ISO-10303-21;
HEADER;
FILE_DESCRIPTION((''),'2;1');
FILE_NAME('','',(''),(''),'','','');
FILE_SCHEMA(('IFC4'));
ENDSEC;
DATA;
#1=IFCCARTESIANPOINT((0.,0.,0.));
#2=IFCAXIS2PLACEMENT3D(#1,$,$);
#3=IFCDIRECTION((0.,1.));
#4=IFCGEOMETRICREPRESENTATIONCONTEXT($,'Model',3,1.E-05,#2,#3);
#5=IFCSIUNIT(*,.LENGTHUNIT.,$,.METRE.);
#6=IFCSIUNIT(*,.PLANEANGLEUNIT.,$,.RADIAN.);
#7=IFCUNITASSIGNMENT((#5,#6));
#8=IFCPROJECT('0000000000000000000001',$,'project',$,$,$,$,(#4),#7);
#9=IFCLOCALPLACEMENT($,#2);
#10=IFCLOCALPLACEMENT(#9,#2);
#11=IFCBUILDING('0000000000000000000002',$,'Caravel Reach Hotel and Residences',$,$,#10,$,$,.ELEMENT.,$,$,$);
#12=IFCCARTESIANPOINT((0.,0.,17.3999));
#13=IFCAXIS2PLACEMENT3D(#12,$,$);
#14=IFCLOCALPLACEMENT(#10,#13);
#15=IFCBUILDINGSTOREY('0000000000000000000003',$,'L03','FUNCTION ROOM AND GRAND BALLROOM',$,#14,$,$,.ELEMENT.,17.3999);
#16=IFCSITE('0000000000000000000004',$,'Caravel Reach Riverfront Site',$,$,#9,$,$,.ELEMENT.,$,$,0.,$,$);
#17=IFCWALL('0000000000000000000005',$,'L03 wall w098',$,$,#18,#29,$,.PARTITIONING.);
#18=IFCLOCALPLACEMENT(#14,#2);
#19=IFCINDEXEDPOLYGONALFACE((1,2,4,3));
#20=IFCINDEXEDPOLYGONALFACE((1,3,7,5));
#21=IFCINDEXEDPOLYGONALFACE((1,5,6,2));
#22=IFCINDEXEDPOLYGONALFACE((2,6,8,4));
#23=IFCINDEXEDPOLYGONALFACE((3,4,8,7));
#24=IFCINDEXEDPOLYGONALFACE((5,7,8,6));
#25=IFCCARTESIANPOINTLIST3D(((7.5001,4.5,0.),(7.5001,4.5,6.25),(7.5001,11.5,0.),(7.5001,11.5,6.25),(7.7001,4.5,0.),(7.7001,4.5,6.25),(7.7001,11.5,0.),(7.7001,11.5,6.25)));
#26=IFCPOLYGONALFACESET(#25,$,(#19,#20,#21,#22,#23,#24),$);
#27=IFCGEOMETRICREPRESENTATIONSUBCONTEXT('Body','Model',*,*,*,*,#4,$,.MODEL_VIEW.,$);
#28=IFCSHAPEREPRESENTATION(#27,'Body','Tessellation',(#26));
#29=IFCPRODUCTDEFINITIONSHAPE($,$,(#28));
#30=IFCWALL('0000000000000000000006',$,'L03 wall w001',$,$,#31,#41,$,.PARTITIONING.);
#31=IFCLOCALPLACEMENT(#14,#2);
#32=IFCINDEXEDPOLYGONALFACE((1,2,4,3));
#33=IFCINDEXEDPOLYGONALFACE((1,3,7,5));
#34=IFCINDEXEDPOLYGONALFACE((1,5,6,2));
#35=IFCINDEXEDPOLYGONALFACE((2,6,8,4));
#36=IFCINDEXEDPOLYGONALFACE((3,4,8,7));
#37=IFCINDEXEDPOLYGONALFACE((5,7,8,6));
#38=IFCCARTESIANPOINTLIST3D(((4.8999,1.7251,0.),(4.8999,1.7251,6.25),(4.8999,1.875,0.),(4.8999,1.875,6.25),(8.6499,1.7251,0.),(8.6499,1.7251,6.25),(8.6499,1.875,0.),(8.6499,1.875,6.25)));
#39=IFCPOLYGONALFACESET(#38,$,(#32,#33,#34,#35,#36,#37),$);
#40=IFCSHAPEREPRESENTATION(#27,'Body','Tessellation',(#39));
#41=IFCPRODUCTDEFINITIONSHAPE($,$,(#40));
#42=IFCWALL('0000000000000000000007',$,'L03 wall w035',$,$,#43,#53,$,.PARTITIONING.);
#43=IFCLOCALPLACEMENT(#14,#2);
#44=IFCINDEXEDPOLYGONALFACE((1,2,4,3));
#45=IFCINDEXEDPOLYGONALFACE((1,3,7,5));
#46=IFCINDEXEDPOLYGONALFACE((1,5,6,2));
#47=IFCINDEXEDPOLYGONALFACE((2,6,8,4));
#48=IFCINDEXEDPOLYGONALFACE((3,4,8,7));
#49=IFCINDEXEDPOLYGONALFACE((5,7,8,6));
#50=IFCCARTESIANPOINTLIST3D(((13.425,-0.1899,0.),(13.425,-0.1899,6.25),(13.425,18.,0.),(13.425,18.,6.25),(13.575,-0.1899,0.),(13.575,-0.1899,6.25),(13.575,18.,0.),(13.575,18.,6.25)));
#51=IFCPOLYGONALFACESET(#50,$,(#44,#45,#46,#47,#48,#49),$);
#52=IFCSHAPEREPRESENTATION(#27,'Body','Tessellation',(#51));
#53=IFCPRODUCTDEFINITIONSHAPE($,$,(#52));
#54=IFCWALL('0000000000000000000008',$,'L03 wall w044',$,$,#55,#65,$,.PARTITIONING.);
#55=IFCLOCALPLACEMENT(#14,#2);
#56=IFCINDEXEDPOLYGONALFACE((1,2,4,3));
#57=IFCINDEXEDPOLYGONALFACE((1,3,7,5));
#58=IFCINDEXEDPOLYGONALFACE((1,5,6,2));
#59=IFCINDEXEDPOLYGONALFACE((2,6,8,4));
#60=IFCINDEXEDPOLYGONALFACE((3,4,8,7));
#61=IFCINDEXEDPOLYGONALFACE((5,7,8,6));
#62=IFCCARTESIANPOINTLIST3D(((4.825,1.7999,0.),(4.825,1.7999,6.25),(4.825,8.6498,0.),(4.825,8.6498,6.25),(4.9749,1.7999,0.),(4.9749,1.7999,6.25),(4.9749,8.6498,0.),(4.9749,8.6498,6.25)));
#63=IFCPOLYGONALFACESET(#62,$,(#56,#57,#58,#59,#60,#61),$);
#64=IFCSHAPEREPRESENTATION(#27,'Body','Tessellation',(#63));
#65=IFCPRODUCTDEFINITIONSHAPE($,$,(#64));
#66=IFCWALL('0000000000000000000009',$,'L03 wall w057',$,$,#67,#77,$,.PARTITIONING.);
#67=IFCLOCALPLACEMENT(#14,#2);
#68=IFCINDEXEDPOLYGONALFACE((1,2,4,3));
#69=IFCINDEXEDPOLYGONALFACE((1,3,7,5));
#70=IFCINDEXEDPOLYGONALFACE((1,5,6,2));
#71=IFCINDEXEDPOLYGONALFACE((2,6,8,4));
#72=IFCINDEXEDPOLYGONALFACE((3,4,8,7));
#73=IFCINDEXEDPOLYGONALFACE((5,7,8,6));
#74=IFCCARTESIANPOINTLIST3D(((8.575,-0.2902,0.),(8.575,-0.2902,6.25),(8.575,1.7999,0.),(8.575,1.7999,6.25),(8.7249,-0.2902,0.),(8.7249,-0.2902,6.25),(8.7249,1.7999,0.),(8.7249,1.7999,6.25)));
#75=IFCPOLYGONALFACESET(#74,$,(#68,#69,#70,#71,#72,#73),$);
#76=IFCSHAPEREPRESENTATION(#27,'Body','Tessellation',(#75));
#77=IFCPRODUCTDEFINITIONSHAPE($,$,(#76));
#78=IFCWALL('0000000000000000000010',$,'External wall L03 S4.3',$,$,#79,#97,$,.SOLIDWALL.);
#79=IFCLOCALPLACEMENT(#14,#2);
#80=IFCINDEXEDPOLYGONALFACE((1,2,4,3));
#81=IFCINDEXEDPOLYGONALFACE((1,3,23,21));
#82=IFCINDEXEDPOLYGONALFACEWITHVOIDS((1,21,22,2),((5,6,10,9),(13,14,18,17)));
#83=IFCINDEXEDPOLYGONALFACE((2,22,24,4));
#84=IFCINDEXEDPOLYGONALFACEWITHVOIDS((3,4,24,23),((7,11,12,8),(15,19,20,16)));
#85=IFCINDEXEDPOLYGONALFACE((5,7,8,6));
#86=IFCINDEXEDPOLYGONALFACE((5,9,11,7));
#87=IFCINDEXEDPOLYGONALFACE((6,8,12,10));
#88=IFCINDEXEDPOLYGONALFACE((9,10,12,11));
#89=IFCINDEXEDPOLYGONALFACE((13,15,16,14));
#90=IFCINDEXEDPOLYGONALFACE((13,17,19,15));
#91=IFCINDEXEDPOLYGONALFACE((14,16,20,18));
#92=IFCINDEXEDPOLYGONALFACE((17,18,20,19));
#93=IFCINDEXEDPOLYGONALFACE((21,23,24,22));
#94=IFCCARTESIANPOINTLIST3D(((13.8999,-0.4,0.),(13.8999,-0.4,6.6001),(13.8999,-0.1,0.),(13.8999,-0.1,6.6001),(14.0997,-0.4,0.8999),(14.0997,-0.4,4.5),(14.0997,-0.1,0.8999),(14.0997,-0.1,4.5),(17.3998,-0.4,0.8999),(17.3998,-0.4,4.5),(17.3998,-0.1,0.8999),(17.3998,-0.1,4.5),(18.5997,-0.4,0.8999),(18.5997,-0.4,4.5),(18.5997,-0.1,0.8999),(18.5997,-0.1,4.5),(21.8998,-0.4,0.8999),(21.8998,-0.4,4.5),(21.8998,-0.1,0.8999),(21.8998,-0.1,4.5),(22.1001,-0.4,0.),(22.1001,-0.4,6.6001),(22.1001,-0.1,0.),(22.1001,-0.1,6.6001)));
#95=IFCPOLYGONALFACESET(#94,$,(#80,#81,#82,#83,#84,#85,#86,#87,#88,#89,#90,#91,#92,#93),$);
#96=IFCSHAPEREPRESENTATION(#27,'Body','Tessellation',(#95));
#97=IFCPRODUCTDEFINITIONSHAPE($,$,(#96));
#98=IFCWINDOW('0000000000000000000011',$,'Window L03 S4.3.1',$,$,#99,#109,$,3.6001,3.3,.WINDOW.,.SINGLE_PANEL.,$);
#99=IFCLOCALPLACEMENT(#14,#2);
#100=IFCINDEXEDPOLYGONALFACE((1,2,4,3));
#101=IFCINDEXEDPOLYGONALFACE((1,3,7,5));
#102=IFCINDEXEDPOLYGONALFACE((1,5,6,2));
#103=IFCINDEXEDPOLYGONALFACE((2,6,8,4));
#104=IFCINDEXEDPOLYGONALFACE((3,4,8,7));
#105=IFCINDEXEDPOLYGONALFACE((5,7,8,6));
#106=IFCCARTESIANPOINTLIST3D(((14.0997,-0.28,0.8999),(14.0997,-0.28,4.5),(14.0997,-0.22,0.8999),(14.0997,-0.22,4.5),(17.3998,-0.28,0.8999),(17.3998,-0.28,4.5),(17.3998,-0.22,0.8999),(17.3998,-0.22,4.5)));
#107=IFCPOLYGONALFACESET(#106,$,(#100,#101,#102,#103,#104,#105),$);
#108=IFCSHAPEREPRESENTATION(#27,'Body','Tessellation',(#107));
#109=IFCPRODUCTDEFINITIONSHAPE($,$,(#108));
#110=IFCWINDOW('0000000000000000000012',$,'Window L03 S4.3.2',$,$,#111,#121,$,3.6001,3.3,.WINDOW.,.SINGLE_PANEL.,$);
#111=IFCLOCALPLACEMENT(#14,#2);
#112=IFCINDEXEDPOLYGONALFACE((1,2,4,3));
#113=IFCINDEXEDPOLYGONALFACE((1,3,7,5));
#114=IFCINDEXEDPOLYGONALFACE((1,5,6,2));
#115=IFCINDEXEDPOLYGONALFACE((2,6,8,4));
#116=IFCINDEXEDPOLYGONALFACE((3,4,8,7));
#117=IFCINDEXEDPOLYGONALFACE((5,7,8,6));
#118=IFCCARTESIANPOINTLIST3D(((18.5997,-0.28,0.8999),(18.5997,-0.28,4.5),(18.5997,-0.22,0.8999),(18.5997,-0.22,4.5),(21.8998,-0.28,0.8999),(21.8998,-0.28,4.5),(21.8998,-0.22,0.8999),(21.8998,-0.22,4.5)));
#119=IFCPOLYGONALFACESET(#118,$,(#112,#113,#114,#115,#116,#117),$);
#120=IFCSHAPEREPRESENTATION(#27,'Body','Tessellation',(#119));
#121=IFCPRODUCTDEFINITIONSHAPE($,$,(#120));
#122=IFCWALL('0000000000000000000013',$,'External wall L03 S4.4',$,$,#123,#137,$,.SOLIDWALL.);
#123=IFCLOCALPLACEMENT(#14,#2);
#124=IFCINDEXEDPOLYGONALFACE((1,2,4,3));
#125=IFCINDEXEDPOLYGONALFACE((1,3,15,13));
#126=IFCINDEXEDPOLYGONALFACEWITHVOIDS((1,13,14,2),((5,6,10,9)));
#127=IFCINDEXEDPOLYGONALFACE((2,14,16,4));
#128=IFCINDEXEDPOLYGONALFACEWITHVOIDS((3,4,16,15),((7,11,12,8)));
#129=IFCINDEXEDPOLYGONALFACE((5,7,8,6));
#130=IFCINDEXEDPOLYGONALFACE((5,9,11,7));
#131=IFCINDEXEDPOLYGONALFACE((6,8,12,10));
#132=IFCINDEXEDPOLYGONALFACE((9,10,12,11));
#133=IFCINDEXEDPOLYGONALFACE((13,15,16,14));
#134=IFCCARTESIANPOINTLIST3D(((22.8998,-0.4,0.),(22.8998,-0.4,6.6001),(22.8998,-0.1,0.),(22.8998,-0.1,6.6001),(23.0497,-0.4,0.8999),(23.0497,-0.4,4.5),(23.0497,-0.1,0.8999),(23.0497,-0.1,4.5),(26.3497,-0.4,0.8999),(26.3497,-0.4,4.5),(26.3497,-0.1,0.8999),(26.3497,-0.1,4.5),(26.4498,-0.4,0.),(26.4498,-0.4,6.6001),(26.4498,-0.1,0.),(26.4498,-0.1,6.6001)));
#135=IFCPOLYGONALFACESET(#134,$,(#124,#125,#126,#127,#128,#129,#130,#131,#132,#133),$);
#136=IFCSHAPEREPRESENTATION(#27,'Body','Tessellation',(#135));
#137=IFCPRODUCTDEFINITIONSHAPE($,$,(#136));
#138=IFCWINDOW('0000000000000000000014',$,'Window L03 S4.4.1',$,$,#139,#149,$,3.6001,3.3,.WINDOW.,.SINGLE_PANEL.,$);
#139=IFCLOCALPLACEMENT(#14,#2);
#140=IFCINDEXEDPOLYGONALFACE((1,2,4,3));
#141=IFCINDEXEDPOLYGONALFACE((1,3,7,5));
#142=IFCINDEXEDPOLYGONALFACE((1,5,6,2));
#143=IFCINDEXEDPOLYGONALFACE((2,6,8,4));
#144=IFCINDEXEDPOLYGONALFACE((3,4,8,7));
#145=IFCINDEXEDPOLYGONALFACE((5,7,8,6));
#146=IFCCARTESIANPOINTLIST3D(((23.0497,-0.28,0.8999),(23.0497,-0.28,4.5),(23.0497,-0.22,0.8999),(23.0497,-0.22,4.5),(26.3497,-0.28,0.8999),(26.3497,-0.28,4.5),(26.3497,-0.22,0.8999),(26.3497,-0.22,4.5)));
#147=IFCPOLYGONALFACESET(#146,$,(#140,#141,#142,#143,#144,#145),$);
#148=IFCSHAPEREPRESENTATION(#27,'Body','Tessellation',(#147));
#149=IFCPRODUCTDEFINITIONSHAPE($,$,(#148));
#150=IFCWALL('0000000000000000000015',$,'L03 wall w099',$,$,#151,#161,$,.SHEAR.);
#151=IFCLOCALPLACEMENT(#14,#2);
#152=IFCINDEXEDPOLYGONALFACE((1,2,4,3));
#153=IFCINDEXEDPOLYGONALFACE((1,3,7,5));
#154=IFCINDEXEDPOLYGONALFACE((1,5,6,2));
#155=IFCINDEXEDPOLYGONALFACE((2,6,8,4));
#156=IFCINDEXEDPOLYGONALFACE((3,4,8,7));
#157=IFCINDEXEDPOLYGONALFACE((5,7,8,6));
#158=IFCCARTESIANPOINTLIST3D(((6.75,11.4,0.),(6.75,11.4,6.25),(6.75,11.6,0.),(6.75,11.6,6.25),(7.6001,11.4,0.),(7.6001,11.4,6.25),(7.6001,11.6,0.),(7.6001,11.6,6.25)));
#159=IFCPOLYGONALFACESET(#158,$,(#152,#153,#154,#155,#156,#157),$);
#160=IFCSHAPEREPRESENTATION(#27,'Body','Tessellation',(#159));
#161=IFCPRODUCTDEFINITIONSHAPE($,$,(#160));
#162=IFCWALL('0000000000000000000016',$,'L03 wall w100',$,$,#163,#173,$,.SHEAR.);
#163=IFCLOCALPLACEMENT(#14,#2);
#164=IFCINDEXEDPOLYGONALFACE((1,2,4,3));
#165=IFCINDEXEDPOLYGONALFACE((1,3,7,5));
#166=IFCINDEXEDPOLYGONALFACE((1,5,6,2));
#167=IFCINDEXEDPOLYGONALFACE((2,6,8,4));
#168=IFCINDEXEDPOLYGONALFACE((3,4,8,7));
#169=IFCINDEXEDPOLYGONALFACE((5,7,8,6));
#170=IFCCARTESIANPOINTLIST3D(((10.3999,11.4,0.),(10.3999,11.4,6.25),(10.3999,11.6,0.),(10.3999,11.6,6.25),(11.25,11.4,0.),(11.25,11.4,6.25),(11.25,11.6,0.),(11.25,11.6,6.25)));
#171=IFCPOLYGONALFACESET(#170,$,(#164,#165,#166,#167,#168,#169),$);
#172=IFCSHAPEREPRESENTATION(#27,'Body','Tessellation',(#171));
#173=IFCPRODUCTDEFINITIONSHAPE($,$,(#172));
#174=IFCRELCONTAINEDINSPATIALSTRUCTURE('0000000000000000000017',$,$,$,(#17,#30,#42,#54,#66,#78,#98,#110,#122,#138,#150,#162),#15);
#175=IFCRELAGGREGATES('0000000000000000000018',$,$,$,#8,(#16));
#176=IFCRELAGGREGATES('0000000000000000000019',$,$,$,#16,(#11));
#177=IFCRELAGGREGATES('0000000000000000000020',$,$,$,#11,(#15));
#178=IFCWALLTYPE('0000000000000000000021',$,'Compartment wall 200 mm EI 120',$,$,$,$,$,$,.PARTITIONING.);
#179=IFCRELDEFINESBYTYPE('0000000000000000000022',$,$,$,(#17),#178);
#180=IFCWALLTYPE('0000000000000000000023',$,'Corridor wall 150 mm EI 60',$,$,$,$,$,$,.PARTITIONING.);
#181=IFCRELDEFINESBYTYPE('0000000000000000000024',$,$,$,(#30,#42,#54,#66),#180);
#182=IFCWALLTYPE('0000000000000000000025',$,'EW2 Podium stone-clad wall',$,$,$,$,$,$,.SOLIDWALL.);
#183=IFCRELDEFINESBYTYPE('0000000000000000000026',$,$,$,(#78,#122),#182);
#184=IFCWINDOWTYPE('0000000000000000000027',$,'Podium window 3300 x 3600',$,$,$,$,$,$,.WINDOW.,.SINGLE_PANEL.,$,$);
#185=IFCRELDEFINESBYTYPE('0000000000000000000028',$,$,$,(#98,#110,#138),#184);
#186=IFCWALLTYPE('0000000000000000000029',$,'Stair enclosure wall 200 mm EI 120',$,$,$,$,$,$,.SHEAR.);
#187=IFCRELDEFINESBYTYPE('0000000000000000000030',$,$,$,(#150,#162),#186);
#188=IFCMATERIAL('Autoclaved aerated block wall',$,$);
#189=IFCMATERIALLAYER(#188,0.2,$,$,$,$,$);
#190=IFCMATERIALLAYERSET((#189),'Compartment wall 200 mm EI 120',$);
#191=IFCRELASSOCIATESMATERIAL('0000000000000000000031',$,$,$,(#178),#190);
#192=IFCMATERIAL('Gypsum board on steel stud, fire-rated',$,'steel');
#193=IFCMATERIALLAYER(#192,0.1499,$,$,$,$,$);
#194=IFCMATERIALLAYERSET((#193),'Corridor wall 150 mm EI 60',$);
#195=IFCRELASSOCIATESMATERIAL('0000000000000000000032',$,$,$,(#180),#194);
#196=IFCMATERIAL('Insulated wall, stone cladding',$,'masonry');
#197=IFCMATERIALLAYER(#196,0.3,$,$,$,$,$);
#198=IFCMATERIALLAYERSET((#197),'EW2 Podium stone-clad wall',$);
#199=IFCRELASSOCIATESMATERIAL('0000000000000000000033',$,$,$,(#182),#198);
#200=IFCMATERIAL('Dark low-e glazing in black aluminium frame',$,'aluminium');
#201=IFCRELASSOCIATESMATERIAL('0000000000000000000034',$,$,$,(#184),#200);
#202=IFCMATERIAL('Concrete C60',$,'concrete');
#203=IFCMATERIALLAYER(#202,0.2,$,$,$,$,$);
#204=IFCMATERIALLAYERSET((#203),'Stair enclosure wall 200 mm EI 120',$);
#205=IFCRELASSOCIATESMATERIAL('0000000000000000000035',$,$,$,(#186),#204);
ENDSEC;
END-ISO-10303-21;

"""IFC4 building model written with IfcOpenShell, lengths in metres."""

from ifc_helpers import new_model, si_unit, direction, frame, frame_2d, origin, place, context, subcontext, project, spatial, rectangle, extrude, material, layer, layer_set, type_object, element, fill, save


model = new_model("IFC4")

# Units and contexts
model_context = context("Model", 3, precision=1e-05, world=origin(), true_north=direction((0.0, 1.0)))
body_context = subcontext(model_context, "Body", "Model", "MODEL_VIEW")
ifc_project = project(units=[si_unit("LENGTHUNIT", "METRE"), si_unit("PLANEANGLEUNIT", "RADIAN")], contexts=[model_context])

# Site, building, storey
site_placement = place(None, origin())
site = spatial("IfcSite", under=ifc_project, at=site_placement, Name="Caravel Reach Riverfront Site", CompositionType="ELEMENT", RefElevation=0.0)
building_placement = place(site_placement, origin())
building = spatial("IfcBuilding", under=site, at=building_placement, Name="Caravel Reach Hotel and Residences", CompositionType="ELEMENT")
storey_placement = place(building_placement, frame((0.0, 0.0, 17.3999)))
storey = spatial("IfcBuildingStorey", under=building, at=storey_placement, Name="L03", Description="FUNCTION ROOM AND GRAND BALLROOM", CompositionType="ELEMENT", Elevation=17.3999)

# Shared definitions
ifc_material_1 = material(Name="Autoclaved aerated block wall")
ifc_layer_1 = layer(ifc_material_1, 0.2)
ifc_layer_set_1 = layer_set([ifc_layer_1], Name="Compartment wall 200 mm EI 120")
wall_type_1 = type_object("IfcWallType", Name="Compartment wall 200 mm EI 120", PredefinedType="PARTITIONING", material=ifc_layer_set_1)

# Walls
wall_1_placement = place(storey_placement, frame((7.6001, 4.5, 0.0), z_axis=(0.0, 0.0, 1.0), x_axis=(0.0, 1.0, 0.0)))
element("IfcWall", 1, at=wall_1_placement, inside=storey, type_object=wall_type_1, Name="L03 wall w098", PredefinedType="PARTITIONING", context=body_context, shape_type="SweptSolid", body=[
    extrude(rectangle(XDim=7.0, YDim=0.2, at=frame_2d((3.5, 0.0))), origin(), (0.0, 0.0, 1.0), 6.25),
])
ifc_material_2 = material(Name="Gypsum board on steel stud, fire-rated", Category="steel")
ifc_layer_2 = layer(ifc_material_2, 0.1499)
ifc_layer_set_2 = layer_set([ifc_layer_2], Name="Corridor wall 150 mm EI 60")
wall_type_2 = type_object("IfcWallType", Name="Corridor wall 150 mm EI 60", PredefinedType="PARTITIONING", material=ifc_layer_set_2)
wall_2_placement = place(storey_placement, frame((4.8999, 1.8, 0.0), z_axis=(0.0, 0.0, 1.0), x_axis=(1.0, 0.0, 0.0)))
element("IfcWall", 2, at=wall_2_placement, inside=storey, type_object=wall_type_2, Name="L03 wall w001", PredefinedType="PARTITIONING", context=body_context, shape_type="SweptSolid", body=[
    extrude(rectangle(XDim=3.75, YDim=0.1499, at=frame_2d((1.875, 0.0))), origin(), (0.0, 0.0, 1.0), 6.25),
])
wall_3_placement = place(storey_placement, frame((13.5, -0.1899, 0.0), z_axis=(0.0, 0.0, 1.0), x_axis=(0.0, 1.0, 0.0)))
element("IfcWall", 3, at=wall_3_placement, inside=storey, type_object=wall_type_2, Name="L03 wall w035", PredefinedType="PARTITIONING", context=body_context, shape_type="SweptSolid", body=[
    extrude(rectangle(XDim=18.1899, YDim=0.1499, at=frame_2d((9.095, 0.0))), origin(), (0.0, 0.0, 1.0), 6.25),
])
wall_4_placement = place(storey_placement, frame((4.8999, 1.8, 0.0), z_axis=(0.0, 0.0, 1.0), x_axis=(0.0, 1.0, 0.0)))
element("IfcWall", 4, at=wall_4_placement, inside=storey, type_object=wall_type_2, Name="L03 wall w044", PredefinedType="PARTITIONING", context=body_context, shape_type="SweptSolid", body=[
    extrude(rectangle(XDim=6.8499, YDim=0.1499, at=frame_2d((3.4248, 0.0))), origin(), (0.0, 0.0, 1.0), 6.25),
])
wall_5_placement = place(storey_placement, frame((8.6499, -0.29, 0.0), z_axis=(0.0, 0.0, 1.0), x_axis=(0.0, 1.0, 0.0)))
element("IfcWall", 5, at=wall_5_placement, inside=storey, type_object=wall_type_2, Name="L03 wall w057", PredefinedType="PARTITIONING", context=body_context, shape_type="SweptSolid", body=[
    extrude(rectangle(XDim=2.0901, YDim=0.1499, at=frame_2d((1.0449, 0.0))), origin(), (0.0, 0.0, 1.0), 6.25),
])

# Wall, openings, windows
ifc_material_3 = material(Name="Insulated wall, stone cladding", Category="masonry")
ifc_layer_3 = layer(ifc_material_3, 0.3)
ifc_layer_set_3 = layer_set([ifc_layer_3], Name="EW2 Podium stone-clad wall")
wall_type_3 = type_object("IfcWallType", Name="EW2 Podium stone-clad wall", PredefinedType="SOLIDWALL", material=ifc_layer_set_3)
wall_6_placement = place(storey_placement, frame((13.8999, -0.25, 0.0), z_axis=(0.0, 0.0, 1.0), x_axis=(1.0, 0.0, 0.0)))
wall_6 = element("IfcWall", 6, at=wall_6_placement, inside=storey, type_object=wall_type_3, Name="External wall L03 S4.3", PredefinedType="SOLIDWALL", context=body_context, shape_type="SweptSolid", body=[
    extrude(rectangle(XDim=8.2002, YDim=0.3, at=frame_2d((4.1001, 0.0))), origin(), (0.0, 0.0, 1.0), 6.6001),
])
opening_1_placement = place(wall_6_placement, frame((0.2, 0.0, 0.8999)))
opening_1 = element("IfcOpeningElement", 7, at=opening_1_placement, cuts=wall_6, PredefinedType="OPENING", context=body_context, shape_type="SweptSolid", body=[
    extrude(rectangle(XDim=3.3, YDim=3.6001, at=frame_2d((1.6499, 1.8))), frame((0.0, 0.1599, 0.0), z_axis=(0.0, -1.0, 0.0), x_axis=(1.0, 0.0, 0.0)), (0.0, 0.0, 1.0), 0.3201),
])
opening_2_placement = place(wall_6_placement, frame((4.7, 0.0, 0.8999)))
opening_2 = element("IfcOpeningElement", 8, at=opening_2_placement, cuts=wall_6, PredefinedType="OPENING", context=body_context, shape_type="SweptSolid", body=[
    extrude(rectangle(XDim=3.3, YDim=3.6001, at=frame_2d((1.6499, 1.8))), frame((0.0, 0.1599, 0.0), z_axis=(0.0, -1.0, 0.0), x_axis=(1.0, 0.0, 0.0)), (0.0, 0.0, 1.0), 0.3201),
])
ifc_material_4 = material(Name="Dark low-e glazing in black aluminium frame", Category="aluminium")
window_type = type_object("IfcWindowType", Name="Podium window 3300 x 3600", PartitioningType="SINGLE_PANEL", PredefinedType="WINDOW", material=ifc_material_4)
window_1_placement = place(opening_1_placement, origin())
window_1 = element("IfcWindow", 9, at=window_1_placement, inside=storey, type_object=window_type, Name="Window L03 S4.3.1", OverallHeight=3.6001, OverallWidth=3.3, PartitioningType="SINGLE_PANEL", PredefinedType="WINDOW", context=body_context, shape_type="SweptSolid", body=[
    extrude(rectangle(XDim=3.3, YDim=3.6001, at=frame_2d((1.6499, 1.8))), frame((0.0, 0.03, 0.0), z_axis=(0.0, -1.0, 0.0), x_axis=(1.0, 0.0, 0.0)), (0.0, 0.0, 1.0), 0.0601),
])
fill(opening_1, window_1)
window_2_placement = place(opening_2_placement, origin())
window_2 = element("IfcWindow", 10, at=window_2_placement, inside=storey, type_object=window_type, Name="Window L03 S4.3.2", OverallHeight=3.6001, OverallWidth=3.3, PartitioningType="SINGLE_PANEL", PredefinedType="WINDOW", context=body_context, shape_type="SweptSolid", body=[
    extrude(rectangle(XDim=3.3, YDim=3.6001, at=frame_2d((1.6499, 1.8))), frame((0.0, 0.03, 0.0), z_axis=(0.0, -1.0, 0.0), x_axis=(1.0, 0.0, 0.0)), (0.0, 0.0, 1.0), 0.0601),
])
fill(opening_2, window_2)

# Wall, opening, window
wall_7_placement = place(storey_placement, frame((22.8999, -0.25, 0.0), z_axis=(0.0, 0.0, 1.0), x_axis=(1.0, 0.0, 0.0)))
wall_7 = element("IfcWall", 11, at=wall_7_placement, inside=storey, type_object=wall_type_3, Name="External wall L03 S4.4", PredefinedType="SOLIDWALL", context=body_context, shape_type="SweptSolid", body=[
    extrude(rectangle(XDim=3.55, YDim=0.3, at=frame_2d((1.7749, 0.0))), origin(), (0.0, 0.0, 1.0), 6.6001),
])
opening_3_placement = place(wall_7_placement, frame((0.1499, 0.0, 0.8999)))
opening_3 = element("IfcOpeningElement", 12, at=opening_3_placement, cuts=wall_7, PredefinedType="OPENING", context=body_context, shape_type="SweptSolid", body=[
    extrude(rectangle(XDim=3.3, YDim=3.6001, at=frame_2d((1.6499, 1.8))), frame((0.0, 0.1599, 0.0), z_axis=(0.0, -1.0, 0.0), x_axis=(1.0, 0.0, 0.0)), (0.0, 0.0, 1.0), 0.3201),
])
window_3_placement = place(opening_3_placement, origin())
window_3 = element("IfcWindow", 13, at=window_3_placement, inside=storey, type_object=window_type, Name="Window L03 S4.4.1", OverallHeight=3.6001, OverallWidth=3.3, PartitioningType="SINGLE_PANEL", PredefinedType="WINDOW", context=body_context, shape_type="SweptSolid", body=[
    extrude(rectangle(XDim=3.3, YDim=3.6001, at=frame_2d((1.6499, 1.8))), frame((0.0, 0.03, 0.0), z_axis=(0.0, -1.0, 0.0), x_axis=(1.0, 0.0, 0.0)), (0.0, 0.0, 1.0), 0.0601),
])
fill(opening_3, window_3)

# Walls
ifc_material_5 = material(Name="Concrete C60", Category="concrete")
ifc_layer_4 = layer(ifc_material_5, 0.2)
ifc_layer_set_4 = layer_set([ifc_layer_4], Name="Stair enclosure wall 200 mm EI 120")
wall_type_4 = type_object("IfcWallType", Name="Stair enclosure wall 200 mm EI 120", PredefinedType="SHEAR", material=ifc_layer_set_4)
for number, where, z_axis, x_axis, name in (
    (14, (6.75, 11.5, 0.0), (0.0, 0.0, 1.0), (1.0, 0.0, 0.0), "L03 wall w099"),
    (15, (10.3999, 11.5, 0.0), (0.0, 0.0, 1.0), (1.0, 0.0, 0.0), "L03 wall w100"),
):
    element("IfcWall", number, at=place(storey_placement, frame(where, z_axis=z_axis, x_axis=x_axis)), inside=storey, type_object=wall_type_4, Name=name, PredefinedType="SHEAR", context=body_context, shape_type="SweptSolid", body=[
        extrude(rectangle(XDim=0.8501, YDim=0.2, at=frame_2d((0.425, 0.0))), origin(), (0.0, 0.0, 1.0), 6.25),
    ])

save(model, "model.ifc")
